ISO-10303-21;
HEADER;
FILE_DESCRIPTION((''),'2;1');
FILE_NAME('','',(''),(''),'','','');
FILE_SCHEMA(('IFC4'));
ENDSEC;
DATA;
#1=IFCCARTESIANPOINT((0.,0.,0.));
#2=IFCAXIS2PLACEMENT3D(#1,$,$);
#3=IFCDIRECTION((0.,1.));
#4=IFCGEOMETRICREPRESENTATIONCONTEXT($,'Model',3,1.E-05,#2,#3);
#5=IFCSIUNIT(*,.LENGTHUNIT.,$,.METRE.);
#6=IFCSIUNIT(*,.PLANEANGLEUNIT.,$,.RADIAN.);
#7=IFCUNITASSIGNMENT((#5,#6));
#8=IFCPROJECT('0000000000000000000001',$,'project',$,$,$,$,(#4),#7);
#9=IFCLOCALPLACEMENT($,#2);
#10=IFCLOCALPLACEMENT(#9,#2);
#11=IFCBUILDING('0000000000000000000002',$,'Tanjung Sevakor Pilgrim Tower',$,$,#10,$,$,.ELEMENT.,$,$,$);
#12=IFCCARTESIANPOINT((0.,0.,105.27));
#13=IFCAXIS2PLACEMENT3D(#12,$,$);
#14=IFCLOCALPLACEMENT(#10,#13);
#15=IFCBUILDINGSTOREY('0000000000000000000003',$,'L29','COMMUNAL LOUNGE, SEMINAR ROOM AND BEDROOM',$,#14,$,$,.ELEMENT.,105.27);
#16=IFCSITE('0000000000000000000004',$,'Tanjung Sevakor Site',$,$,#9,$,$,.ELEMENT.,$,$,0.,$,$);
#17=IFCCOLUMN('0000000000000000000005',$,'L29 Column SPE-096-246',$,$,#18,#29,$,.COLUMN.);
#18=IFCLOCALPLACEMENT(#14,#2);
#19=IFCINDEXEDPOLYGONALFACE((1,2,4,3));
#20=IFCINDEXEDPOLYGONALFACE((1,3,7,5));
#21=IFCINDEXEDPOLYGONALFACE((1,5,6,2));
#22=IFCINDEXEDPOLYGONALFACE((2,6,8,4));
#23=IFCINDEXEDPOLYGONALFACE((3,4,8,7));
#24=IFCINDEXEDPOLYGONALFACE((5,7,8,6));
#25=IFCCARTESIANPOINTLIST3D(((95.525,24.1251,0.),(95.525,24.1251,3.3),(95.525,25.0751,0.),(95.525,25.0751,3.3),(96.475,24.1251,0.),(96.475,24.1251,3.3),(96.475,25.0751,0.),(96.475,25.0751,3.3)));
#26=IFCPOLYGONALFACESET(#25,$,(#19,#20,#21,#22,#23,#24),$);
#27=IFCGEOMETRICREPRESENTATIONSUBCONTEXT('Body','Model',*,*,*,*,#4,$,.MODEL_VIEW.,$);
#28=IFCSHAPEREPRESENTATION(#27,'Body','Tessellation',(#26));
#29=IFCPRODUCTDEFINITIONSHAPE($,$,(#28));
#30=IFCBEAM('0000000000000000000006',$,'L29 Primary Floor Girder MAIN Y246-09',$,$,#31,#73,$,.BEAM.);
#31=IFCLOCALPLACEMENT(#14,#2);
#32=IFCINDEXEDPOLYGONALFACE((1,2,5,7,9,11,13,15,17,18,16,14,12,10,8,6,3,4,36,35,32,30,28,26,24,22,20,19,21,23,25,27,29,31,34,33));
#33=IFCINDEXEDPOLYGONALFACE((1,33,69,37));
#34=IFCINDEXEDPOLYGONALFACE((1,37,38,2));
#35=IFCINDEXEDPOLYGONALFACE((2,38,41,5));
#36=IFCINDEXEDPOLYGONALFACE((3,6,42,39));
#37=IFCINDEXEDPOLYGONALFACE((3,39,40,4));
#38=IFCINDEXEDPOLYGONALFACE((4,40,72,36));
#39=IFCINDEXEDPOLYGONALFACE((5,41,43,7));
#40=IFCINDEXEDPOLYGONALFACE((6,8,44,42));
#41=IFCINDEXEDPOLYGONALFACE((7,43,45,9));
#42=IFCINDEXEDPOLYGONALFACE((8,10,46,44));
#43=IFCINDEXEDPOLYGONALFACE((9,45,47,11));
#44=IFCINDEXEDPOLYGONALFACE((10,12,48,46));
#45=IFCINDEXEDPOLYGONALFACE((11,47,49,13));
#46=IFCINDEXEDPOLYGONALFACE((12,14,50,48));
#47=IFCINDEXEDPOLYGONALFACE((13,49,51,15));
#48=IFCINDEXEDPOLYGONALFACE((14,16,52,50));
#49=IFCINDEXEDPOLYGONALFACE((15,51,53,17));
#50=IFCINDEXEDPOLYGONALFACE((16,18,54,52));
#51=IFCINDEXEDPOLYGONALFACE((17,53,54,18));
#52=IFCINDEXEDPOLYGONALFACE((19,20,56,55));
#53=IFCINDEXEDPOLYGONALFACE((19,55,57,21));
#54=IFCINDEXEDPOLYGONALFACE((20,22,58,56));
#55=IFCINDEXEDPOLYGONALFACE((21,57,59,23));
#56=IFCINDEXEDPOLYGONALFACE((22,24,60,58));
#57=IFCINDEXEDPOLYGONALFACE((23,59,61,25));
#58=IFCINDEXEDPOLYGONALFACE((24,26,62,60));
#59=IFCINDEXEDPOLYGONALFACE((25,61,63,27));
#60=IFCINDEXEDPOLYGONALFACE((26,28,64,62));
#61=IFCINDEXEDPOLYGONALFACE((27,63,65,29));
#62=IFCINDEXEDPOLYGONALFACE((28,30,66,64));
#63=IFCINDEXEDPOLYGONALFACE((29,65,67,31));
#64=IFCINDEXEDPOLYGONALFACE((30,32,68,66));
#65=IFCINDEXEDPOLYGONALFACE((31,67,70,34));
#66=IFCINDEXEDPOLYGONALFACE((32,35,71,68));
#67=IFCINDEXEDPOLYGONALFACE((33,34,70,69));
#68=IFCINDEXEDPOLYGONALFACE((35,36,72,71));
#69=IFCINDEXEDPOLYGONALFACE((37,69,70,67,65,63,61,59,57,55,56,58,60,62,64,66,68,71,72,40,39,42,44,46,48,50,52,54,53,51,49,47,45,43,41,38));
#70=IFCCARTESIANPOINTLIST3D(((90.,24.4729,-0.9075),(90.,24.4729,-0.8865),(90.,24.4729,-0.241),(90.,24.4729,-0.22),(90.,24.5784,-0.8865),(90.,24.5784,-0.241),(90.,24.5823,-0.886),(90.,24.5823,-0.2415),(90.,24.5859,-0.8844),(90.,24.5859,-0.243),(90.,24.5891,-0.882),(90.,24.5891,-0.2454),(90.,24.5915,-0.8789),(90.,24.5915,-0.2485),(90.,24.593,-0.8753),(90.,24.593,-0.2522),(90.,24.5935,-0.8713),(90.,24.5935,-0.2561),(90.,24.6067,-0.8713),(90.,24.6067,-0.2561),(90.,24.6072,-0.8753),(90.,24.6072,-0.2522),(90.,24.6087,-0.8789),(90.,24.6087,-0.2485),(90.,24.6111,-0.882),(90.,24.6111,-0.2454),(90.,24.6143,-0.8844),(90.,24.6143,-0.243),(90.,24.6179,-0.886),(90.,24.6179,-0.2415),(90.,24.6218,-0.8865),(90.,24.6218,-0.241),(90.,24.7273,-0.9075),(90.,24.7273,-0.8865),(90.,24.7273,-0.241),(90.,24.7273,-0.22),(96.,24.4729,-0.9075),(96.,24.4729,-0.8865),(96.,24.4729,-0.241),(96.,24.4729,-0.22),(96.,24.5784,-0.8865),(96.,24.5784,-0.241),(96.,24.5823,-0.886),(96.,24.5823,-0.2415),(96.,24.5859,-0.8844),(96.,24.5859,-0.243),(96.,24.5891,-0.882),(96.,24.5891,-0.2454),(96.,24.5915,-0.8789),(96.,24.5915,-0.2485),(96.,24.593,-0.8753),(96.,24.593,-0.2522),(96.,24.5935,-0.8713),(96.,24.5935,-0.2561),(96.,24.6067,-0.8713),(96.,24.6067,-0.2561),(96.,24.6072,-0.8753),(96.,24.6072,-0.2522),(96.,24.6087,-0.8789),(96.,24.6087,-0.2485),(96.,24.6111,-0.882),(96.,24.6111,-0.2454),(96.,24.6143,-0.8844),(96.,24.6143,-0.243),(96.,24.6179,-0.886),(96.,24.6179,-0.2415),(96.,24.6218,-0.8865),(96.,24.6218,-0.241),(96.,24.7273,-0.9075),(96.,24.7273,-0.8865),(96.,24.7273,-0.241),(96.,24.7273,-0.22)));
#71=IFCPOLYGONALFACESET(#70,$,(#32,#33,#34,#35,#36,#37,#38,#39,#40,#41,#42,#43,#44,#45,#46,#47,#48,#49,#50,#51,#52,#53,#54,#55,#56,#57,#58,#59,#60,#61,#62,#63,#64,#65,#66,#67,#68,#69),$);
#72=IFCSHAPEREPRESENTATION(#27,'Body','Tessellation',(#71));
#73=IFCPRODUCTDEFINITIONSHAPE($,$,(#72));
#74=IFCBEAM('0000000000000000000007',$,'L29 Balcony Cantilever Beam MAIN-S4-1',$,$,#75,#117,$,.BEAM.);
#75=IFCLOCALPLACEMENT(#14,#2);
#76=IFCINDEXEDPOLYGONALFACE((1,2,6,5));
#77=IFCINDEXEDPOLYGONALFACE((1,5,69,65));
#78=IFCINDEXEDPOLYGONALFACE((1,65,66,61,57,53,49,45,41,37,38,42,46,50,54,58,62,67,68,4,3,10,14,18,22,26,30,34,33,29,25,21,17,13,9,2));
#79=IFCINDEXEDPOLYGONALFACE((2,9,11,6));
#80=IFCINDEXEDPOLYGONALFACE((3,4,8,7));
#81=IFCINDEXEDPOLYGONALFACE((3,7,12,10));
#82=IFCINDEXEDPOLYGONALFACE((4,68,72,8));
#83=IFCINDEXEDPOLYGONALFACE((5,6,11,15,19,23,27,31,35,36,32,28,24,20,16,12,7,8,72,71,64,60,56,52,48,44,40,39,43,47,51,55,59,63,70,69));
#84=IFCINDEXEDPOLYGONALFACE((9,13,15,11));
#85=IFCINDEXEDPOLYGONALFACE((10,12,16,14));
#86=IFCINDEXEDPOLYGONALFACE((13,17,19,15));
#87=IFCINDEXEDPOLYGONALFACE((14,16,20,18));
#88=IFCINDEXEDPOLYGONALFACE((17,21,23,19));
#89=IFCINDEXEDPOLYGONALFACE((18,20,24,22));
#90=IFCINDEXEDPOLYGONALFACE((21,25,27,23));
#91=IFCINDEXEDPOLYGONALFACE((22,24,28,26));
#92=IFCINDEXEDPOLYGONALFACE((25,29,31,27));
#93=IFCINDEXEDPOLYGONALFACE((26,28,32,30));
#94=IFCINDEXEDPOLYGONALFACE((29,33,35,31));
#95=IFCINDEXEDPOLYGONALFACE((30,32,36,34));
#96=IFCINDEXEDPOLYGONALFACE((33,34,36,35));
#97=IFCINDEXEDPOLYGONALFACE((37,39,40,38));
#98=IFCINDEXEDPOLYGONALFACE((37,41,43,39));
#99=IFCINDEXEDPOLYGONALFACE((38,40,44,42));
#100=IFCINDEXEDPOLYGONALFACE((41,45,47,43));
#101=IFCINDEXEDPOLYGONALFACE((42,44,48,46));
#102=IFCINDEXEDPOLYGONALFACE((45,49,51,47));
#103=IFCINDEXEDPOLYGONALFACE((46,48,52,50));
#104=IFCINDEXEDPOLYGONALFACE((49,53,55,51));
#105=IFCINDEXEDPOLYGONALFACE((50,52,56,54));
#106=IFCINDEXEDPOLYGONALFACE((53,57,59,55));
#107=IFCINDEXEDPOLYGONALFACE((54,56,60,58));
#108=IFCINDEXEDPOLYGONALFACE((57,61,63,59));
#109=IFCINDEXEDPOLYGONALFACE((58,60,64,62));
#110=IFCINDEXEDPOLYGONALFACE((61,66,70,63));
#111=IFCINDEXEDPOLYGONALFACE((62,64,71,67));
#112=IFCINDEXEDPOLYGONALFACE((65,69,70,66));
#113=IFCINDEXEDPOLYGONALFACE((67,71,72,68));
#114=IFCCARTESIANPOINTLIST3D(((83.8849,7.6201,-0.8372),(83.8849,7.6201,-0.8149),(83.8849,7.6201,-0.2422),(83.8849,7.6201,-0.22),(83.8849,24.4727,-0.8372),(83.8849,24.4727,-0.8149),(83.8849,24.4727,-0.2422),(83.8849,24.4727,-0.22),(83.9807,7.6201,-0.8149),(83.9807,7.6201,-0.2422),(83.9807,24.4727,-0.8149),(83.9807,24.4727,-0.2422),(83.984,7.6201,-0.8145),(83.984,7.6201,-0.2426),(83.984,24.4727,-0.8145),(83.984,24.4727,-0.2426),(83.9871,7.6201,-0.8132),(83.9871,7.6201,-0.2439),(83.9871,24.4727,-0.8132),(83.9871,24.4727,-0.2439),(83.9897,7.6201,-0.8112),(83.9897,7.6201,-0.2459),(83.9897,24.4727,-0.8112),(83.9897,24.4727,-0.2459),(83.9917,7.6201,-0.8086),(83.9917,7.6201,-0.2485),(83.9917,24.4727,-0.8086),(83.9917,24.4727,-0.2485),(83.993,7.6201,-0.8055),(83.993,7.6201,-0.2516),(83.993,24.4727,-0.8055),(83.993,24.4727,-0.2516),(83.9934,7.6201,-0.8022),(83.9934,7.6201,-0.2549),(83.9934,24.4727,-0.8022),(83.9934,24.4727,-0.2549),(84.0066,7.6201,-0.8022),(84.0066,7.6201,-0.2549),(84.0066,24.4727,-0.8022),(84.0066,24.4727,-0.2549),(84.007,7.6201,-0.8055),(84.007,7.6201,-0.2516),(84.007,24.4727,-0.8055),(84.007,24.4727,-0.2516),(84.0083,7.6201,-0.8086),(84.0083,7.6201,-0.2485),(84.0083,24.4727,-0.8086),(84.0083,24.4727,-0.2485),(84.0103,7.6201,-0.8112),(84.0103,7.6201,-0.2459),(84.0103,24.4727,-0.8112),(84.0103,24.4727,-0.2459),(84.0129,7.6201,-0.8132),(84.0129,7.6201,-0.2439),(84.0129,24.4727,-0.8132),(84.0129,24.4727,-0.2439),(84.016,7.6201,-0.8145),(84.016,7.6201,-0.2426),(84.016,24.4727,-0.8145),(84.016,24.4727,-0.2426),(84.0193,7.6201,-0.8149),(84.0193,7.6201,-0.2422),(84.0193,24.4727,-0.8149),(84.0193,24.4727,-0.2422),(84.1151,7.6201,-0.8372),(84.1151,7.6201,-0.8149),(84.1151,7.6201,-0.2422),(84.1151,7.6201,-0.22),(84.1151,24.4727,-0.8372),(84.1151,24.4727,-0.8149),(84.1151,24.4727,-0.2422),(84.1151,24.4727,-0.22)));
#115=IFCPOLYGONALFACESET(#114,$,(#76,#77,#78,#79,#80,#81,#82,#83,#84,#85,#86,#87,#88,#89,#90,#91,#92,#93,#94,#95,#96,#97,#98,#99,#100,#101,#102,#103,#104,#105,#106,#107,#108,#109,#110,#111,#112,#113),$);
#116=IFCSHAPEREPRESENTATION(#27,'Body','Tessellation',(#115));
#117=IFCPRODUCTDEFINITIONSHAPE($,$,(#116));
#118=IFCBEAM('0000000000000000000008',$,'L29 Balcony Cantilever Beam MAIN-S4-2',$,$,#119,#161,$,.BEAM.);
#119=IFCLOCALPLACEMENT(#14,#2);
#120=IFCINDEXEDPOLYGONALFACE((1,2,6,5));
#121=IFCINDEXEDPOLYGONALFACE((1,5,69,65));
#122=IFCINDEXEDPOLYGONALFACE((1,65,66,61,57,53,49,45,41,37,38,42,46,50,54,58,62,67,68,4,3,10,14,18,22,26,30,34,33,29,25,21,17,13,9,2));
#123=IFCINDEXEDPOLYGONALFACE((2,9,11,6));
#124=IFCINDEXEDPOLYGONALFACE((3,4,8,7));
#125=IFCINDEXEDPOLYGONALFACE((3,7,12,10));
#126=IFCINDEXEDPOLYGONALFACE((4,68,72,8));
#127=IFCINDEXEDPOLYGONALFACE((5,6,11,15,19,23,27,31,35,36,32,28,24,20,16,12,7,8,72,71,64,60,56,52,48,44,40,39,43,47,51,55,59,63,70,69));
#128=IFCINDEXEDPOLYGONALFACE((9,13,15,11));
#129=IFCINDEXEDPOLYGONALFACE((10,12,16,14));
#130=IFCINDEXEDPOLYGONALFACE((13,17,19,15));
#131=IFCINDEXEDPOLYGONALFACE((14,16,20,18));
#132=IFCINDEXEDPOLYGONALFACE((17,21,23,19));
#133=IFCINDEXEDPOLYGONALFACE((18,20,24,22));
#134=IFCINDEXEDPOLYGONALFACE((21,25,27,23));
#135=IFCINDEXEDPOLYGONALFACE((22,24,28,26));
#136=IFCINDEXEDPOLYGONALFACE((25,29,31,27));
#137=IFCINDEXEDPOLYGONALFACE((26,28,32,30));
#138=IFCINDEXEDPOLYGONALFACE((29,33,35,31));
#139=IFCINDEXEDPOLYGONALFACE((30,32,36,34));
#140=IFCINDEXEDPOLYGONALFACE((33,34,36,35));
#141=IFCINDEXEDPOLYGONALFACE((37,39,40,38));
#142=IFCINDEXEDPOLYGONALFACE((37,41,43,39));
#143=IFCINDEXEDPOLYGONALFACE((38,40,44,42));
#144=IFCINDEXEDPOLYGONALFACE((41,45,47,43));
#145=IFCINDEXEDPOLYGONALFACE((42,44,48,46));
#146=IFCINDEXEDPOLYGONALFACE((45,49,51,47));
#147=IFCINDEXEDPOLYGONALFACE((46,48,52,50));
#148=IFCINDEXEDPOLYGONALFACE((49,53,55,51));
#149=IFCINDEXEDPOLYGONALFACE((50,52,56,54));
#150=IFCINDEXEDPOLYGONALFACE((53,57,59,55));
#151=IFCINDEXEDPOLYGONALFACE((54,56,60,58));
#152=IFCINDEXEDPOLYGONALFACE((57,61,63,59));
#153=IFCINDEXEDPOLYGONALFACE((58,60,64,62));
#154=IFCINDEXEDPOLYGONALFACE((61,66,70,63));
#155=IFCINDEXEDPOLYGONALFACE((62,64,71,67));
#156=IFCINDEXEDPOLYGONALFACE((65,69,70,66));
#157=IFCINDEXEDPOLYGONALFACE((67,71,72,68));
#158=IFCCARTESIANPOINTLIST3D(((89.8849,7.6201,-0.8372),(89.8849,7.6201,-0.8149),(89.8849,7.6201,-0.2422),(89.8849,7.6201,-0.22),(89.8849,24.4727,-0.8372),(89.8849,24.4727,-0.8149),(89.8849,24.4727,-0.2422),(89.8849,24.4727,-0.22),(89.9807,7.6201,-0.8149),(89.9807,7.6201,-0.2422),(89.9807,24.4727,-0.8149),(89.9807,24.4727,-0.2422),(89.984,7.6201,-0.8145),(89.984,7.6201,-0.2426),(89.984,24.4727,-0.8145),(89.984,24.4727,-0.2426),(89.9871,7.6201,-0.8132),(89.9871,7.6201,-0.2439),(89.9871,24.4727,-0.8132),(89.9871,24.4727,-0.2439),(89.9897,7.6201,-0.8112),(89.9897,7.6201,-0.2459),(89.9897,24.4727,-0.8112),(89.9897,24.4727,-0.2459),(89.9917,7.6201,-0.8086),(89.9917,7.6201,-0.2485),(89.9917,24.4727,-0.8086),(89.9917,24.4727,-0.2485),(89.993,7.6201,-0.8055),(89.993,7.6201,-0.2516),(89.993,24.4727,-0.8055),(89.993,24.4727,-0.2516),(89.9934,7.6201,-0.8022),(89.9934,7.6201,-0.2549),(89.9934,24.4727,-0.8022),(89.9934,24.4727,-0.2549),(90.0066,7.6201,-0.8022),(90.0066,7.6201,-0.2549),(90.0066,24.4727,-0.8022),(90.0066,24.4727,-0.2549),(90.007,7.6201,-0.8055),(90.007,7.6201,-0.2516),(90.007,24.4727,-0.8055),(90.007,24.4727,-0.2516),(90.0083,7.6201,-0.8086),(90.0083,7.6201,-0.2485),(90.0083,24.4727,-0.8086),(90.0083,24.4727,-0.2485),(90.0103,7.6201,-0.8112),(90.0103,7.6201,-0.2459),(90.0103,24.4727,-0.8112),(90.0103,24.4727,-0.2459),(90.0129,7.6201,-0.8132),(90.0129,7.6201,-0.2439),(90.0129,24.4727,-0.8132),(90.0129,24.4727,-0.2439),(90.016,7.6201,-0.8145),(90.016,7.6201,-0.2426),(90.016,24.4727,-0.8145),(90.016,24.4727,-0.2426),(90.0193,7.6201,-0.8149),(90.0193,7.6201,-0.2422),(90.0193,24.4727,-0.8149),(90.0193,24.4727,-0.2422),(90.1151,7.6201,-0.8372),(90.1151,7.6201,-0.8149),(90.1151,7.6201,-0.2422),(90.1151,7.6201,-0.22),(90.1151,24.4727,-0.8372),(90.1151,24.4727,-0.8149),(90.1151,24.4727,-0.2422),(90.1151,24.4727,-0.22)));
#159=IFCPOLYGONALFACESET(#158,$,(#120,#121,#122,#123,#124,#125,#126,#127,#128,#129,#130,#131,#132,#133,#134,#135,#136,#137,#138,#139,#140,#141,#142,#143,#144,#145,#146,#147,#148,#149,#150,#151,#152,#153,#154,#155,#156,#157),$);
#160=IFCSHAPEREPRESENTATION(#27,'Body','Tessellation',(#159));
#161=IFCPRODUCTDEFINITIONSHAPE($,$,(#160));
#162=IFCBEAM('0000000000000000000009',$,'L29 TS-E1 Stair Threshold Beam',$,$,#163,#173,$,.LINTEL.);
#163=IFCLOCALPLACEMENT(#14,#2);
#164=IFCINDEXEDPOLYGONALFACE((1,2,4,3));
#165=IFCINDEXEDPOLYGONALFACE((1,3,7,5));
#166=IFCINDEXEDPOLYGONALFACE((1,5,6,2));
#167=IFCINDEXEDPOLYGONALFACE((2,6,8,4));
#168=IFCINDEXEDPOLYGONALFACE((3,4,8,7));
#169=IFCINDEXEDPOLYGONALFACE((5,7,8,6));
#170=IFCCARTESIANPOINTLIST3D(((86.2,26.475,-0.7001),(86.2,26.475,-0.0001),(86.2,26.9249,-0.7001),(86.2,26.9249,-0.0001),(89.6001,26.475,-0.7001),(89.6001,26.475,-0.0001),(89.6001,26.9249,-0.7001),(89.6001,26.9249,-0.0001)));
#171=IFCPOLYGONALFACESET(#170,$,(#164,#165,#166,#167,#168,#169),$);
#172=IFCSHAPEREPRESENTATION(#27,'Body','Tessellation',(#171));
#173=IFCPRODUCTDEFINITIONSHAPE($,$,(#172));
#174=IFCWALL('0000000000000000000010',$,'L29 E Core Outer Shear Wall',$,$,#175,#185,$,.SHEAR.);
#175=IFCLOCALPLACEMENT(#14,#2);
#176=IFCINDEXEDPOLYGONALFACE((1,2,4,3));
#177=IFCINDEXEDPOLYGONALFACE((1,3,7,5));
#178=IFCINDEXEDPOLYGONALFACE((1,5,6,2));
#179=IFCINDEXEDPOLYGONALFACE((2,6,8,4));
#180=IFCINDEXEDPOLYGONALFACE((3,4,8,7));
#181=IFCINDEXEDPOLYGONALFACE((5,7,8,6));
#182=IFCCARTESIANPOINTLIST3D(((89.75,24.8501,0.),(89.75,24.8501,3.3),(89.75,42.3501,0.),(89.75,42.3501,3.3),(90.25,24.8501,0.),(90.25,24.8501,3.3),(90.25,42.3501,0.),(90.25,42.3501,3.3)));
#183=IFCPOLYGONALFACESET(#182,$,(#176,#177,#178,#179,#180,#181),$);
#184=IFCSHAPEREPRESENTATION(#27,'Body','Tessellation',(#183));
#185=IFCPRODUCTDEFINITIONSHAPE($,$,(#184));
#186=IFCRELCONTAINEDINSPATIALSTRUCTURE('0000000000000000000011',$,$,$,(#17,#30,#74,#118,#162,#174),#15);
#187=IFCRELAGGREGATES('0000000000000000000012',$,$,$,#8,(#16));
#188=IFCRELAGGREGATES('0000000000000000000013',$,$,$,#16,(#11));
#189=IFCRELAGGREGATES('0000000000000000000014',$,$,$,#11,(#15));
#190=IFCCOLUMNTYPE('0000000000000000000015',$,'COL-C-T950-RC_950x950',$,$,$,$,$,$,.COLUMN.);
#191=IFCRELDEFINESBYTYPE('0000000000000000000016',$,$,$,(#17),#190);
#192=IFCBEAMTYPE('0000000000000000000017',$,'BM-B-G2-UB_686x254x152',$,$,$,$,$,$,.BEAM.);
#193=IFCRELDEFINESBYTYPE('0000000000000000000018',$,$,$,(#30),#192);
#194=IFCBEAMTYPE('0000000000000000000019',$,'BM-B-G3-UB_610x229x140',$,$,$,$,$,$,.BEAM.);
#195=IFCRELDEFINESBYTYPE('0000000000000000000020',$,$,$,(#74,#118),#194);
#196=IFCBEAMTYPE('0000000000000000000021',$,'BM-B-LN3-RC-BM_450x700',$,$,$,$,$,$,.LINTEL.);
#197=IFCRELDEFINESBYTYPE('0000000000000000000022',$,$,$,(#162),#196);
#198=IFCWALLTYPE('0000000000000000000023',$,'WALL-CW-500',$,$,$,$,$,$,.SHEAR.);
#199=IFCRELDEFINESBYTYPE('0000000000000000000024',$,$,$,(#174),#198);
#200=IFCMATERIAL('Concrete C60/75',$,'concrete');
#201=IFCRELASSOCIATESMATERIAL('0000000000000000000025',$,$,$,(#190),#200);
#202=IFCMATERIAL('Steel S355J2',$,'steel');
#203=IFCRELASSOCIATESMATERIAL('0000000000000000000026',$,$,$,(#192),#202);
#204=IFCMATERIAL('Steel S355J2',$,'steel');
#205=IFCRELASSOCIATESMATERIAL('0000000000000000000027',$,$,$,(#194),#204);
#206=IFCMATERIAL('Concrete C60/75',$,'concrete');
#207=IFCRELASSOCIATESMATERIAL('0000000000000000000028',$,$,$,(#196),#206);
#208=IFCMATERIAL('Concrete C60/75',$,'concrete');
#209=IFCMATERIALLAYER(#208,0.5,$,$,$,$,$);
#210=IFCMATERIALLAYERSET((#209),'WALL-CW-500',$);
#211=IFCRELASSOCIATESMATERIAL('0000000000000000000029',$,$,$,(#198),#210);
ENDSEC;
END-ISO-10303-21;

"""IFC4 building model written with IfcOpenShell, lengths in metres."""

from ifc_helpers import new_model, si_unit, direction, frame, frame_2d, origin, origin_2d, place, context, subcontext, project, spatial, rectangle, i_section, extrude, material, layer, layer_set, material_profile, profile_set, type_object, element, save


model = new_model("IFC4")

# Units and contexts
model_context = context("Model", 3, precision=1e-05, world=origin(), true_north=direction((0.0, 1.0)))
body_context = subcontext(model_context, "Body", "Model", "MODEL_VIEW")
ifc_project = project(units=[si_unit("LENGTHUNIT", "METRE"), si_unit("PLANEANGLEUNIT", "RADIAN")], contexts=[model_context])

# Site, building, storey
site_placement = place(None, origin())
site = spatial("IfcSite", under=ifc_project, at=site_placement, Name="Tanjung Sevakor Site", CompositionType="ELEMENT", RefElevation=0.0)
building_placement = place(site_placement, origin())
building = spatial("IfcBuilding", under=site, at=building_placement, Name="Tanjung Sevakor Pilgrim Tower", CompositionType="ELEMENT")
storey_placement = place(building_placement, frame((0.0, 0.0, 105.27)))
storey = spatial("IfcBuildingStorey", under=building, at=storey_placement, Name="L29", Description="COMMUNAL LOUNGE, SEMINAR ROOM AND BEDROOM", CompositionType="ELEMENT", Elevation=105.27)

# Column
ifc_material_1 = material(Name="Concrete C60/75", Category="concrete")
ifc_material_profile_1 = material_profile(ifc_material_1, rectangle(XDim=0.95, YDim=0.95, at=origin_2d()))
ifc_profile_set_1 = profile_set([ifc_material_profile_1], Name="Concrete C60/75")
column_type = type_object("IfcColumnType", Name="COL-C-T950-RC_950x950", PredefinedType="COLUMN", material=ifc_profile_set_1)
column_placement = place(storey_placement, frame((96.0, 24.6001, 0.0), z_axis=(0.0, 0.0, 1.0), x_axis=(1.0, 0.0, 0.0)))
element("IfcColumn", 1, at=column_placement, inside=storey, type_object=column_type, Name="L29 Column SPE-096-246", PredefinedType="COLUMN", context=body_context, shape_type="SweptSolid", body=[
    extrude(rectangle(XDim=0.95, YDim=0.95, at=origin_2d()), origin(), (0.0, 0.0, 1.0), 3.3),
])

# Beams
ifc_material_2 = material(Name="Steel S355J2", Category="steel")
ifc_material_profile_2 = material_profile(ifc_material_2, i_section(OverallWidth=0.2544, OverallDepth=0.6875, WebThickness=0.0132, FlangeThickness=0.021, FilletRadius=0.0151, at=origin_2d()))
ifc_profile_set_2 = profile_set([ifc_material_profile_2], Name="Steel S355J2")
beam_type_1 = type_object("IfcBeamType", Name="BM-B-G2-UB_686x254x152", PredefinedType="BEAM", material=ifc_profile_set_2)
beam_1_placement = place(storey_placement, frame((90.0, 24.6001, -0.5637), z_axis=(1.0, 0.0, 0.0), x_axis=(0.0, 1.0, 0.0)))
element("IfcBeam", 2, at=beam_1_placement, inside=storey, type_object=beam_type_1, Name="L29 Primary Floor Girder MAIN Y246-09", PredefinedType="BEAM", context=body_context, shape_type="SweptSolid", body=[
    extrude(i_section(OverallWidth=0.2544, OverallDepth=0.6875, WebThickness=0.0132, FlangeThickness=0.021, FilletRadius=0.0151, at=origin_2d()), origin(), (0.0, 0.0, 1.0), 6.0),
])
ifc_material_3 = material(Name="Steel S355J2", Category="steel")
ifc_material_profile_3 = material_profile(ifc_material_3, i_section(OverallWidth=0.2302, OverallDepth=0.6172, WebThickness=0.0132, FlangeThickness=0.0222, FilletRadius=0.0127, at=origin_2d()))
ifc_profile_set_3 = profile_set([ifc_material_profile_3], Name="Steel S355J2")
beam_type_2 = type_object("IfcBeamType", Name="BM-B-G3-UB_610x229x140", PredefinedType="BEAM", material=ifc_profile_set_3)
for number, where, z_axis, x_axis, name in (
    (3, (84.0, 24.4727, -0.5286), (0.0, -1.0, 0.0), (1.0, 0.0, 0.0), "L29 Balcony Cantilever Beam MAIN-S4-1"),
    (4, (90.0, 24.4727, -0.5286), (0.0, -1.0, 0.0), (1.0, 0.0, 0.0), "L29 Balcony Cantilever Beam MAIN-S4-2"),
):
    element("IfcBeam", number, at=place(storey_placement, frame(where, z_axis=z_axis, x_axis=x_axis)), inside=storey, type_object=beam_type_2, Name=name, PredefinedType="BEAM", context=body_context, shape_type="SweptSolid", body=[
        extrude(i_section(OverallWidth=0.2302, OverallDepth=0.6172, WebThickness=0.0132, FlangeThickness=0.0222, FilletRadius=0.0127, at=origin_2d()), origin(), (0.0, 0.0, 1.0), 16.8525),
    ])
ifc_material_4 = material(Name="Concrete C60/75", Category="concrete")
ifc_material_profile_4 = material_profile(ifc_material_4, rectangle(XDim=0.45, YDim=0.7, at=origin_2d()))
ifc_profile_set_4 = profile_set([ifc_material_profile_4], Name="Concrete C60/75")
beam_type_3 = type_object("IfcBeamType", Name="BM-B-LN3-RC-BM_450x700", PredefinedType="LINTEL", material=ifc_profile_set_4)
beam_2_placement = place(storey_placement, frame((86.2, 26.7, -0.3501), z_axis=(1.0, 0.0, 0.0), x_axis=(0.0, 1.0, 0.0)))
element("IfcBeam", 5, at=beam_2_placement, inside=storey, type_object=beam_type_3, Name="L29 TS-E1 Stair Threshold Beam", PredefinedType="LINTEL", context=body_context, shape_type="SweptSolid", body=[
    extrude(rectangle(XDim=0.45, YDim=0.7, at=origin_2d()), origin(), (0.0, 0.0, 1.0), 3.4001),
])

# Wall
ifc_material_5 = material(Name="Concrete C60/75", Category="concrete")
ifc_layer_1 = layer(ifc_material_5, 0.5)
ifc_layer_set_1 = layer_set([ifc_layer_1], Name="WALL-CW-500")
wall_type_1 = type_object("IfcWallType", Name="WALL-CW-500", PredefinedType="SHEAR", material=ifc_layer_set_1)
wall_1_placement = place(storey_placement, frame((90.0, 24.8501, 0.0), z_axis=(0.0, 0.0, 1.0), x_axis=(0.0, 1.0, 0.0)))
element("IfcWall", 6, at=wall_1_placement, inside=storey, type_object=wall_type_1, Name="L29 E Core Outer Shear Wall", PredefinedType="SHEAR", context=body_context, shape_type="SweptSolid", body=[
    extrude(rectangle(XDim=17.5, YDim=0.5, at=frame_2d((8.75, 0.0))), origin(), (0.0, 0.0, 1.0), 3.3),
])

save(model, "model.ifc")
